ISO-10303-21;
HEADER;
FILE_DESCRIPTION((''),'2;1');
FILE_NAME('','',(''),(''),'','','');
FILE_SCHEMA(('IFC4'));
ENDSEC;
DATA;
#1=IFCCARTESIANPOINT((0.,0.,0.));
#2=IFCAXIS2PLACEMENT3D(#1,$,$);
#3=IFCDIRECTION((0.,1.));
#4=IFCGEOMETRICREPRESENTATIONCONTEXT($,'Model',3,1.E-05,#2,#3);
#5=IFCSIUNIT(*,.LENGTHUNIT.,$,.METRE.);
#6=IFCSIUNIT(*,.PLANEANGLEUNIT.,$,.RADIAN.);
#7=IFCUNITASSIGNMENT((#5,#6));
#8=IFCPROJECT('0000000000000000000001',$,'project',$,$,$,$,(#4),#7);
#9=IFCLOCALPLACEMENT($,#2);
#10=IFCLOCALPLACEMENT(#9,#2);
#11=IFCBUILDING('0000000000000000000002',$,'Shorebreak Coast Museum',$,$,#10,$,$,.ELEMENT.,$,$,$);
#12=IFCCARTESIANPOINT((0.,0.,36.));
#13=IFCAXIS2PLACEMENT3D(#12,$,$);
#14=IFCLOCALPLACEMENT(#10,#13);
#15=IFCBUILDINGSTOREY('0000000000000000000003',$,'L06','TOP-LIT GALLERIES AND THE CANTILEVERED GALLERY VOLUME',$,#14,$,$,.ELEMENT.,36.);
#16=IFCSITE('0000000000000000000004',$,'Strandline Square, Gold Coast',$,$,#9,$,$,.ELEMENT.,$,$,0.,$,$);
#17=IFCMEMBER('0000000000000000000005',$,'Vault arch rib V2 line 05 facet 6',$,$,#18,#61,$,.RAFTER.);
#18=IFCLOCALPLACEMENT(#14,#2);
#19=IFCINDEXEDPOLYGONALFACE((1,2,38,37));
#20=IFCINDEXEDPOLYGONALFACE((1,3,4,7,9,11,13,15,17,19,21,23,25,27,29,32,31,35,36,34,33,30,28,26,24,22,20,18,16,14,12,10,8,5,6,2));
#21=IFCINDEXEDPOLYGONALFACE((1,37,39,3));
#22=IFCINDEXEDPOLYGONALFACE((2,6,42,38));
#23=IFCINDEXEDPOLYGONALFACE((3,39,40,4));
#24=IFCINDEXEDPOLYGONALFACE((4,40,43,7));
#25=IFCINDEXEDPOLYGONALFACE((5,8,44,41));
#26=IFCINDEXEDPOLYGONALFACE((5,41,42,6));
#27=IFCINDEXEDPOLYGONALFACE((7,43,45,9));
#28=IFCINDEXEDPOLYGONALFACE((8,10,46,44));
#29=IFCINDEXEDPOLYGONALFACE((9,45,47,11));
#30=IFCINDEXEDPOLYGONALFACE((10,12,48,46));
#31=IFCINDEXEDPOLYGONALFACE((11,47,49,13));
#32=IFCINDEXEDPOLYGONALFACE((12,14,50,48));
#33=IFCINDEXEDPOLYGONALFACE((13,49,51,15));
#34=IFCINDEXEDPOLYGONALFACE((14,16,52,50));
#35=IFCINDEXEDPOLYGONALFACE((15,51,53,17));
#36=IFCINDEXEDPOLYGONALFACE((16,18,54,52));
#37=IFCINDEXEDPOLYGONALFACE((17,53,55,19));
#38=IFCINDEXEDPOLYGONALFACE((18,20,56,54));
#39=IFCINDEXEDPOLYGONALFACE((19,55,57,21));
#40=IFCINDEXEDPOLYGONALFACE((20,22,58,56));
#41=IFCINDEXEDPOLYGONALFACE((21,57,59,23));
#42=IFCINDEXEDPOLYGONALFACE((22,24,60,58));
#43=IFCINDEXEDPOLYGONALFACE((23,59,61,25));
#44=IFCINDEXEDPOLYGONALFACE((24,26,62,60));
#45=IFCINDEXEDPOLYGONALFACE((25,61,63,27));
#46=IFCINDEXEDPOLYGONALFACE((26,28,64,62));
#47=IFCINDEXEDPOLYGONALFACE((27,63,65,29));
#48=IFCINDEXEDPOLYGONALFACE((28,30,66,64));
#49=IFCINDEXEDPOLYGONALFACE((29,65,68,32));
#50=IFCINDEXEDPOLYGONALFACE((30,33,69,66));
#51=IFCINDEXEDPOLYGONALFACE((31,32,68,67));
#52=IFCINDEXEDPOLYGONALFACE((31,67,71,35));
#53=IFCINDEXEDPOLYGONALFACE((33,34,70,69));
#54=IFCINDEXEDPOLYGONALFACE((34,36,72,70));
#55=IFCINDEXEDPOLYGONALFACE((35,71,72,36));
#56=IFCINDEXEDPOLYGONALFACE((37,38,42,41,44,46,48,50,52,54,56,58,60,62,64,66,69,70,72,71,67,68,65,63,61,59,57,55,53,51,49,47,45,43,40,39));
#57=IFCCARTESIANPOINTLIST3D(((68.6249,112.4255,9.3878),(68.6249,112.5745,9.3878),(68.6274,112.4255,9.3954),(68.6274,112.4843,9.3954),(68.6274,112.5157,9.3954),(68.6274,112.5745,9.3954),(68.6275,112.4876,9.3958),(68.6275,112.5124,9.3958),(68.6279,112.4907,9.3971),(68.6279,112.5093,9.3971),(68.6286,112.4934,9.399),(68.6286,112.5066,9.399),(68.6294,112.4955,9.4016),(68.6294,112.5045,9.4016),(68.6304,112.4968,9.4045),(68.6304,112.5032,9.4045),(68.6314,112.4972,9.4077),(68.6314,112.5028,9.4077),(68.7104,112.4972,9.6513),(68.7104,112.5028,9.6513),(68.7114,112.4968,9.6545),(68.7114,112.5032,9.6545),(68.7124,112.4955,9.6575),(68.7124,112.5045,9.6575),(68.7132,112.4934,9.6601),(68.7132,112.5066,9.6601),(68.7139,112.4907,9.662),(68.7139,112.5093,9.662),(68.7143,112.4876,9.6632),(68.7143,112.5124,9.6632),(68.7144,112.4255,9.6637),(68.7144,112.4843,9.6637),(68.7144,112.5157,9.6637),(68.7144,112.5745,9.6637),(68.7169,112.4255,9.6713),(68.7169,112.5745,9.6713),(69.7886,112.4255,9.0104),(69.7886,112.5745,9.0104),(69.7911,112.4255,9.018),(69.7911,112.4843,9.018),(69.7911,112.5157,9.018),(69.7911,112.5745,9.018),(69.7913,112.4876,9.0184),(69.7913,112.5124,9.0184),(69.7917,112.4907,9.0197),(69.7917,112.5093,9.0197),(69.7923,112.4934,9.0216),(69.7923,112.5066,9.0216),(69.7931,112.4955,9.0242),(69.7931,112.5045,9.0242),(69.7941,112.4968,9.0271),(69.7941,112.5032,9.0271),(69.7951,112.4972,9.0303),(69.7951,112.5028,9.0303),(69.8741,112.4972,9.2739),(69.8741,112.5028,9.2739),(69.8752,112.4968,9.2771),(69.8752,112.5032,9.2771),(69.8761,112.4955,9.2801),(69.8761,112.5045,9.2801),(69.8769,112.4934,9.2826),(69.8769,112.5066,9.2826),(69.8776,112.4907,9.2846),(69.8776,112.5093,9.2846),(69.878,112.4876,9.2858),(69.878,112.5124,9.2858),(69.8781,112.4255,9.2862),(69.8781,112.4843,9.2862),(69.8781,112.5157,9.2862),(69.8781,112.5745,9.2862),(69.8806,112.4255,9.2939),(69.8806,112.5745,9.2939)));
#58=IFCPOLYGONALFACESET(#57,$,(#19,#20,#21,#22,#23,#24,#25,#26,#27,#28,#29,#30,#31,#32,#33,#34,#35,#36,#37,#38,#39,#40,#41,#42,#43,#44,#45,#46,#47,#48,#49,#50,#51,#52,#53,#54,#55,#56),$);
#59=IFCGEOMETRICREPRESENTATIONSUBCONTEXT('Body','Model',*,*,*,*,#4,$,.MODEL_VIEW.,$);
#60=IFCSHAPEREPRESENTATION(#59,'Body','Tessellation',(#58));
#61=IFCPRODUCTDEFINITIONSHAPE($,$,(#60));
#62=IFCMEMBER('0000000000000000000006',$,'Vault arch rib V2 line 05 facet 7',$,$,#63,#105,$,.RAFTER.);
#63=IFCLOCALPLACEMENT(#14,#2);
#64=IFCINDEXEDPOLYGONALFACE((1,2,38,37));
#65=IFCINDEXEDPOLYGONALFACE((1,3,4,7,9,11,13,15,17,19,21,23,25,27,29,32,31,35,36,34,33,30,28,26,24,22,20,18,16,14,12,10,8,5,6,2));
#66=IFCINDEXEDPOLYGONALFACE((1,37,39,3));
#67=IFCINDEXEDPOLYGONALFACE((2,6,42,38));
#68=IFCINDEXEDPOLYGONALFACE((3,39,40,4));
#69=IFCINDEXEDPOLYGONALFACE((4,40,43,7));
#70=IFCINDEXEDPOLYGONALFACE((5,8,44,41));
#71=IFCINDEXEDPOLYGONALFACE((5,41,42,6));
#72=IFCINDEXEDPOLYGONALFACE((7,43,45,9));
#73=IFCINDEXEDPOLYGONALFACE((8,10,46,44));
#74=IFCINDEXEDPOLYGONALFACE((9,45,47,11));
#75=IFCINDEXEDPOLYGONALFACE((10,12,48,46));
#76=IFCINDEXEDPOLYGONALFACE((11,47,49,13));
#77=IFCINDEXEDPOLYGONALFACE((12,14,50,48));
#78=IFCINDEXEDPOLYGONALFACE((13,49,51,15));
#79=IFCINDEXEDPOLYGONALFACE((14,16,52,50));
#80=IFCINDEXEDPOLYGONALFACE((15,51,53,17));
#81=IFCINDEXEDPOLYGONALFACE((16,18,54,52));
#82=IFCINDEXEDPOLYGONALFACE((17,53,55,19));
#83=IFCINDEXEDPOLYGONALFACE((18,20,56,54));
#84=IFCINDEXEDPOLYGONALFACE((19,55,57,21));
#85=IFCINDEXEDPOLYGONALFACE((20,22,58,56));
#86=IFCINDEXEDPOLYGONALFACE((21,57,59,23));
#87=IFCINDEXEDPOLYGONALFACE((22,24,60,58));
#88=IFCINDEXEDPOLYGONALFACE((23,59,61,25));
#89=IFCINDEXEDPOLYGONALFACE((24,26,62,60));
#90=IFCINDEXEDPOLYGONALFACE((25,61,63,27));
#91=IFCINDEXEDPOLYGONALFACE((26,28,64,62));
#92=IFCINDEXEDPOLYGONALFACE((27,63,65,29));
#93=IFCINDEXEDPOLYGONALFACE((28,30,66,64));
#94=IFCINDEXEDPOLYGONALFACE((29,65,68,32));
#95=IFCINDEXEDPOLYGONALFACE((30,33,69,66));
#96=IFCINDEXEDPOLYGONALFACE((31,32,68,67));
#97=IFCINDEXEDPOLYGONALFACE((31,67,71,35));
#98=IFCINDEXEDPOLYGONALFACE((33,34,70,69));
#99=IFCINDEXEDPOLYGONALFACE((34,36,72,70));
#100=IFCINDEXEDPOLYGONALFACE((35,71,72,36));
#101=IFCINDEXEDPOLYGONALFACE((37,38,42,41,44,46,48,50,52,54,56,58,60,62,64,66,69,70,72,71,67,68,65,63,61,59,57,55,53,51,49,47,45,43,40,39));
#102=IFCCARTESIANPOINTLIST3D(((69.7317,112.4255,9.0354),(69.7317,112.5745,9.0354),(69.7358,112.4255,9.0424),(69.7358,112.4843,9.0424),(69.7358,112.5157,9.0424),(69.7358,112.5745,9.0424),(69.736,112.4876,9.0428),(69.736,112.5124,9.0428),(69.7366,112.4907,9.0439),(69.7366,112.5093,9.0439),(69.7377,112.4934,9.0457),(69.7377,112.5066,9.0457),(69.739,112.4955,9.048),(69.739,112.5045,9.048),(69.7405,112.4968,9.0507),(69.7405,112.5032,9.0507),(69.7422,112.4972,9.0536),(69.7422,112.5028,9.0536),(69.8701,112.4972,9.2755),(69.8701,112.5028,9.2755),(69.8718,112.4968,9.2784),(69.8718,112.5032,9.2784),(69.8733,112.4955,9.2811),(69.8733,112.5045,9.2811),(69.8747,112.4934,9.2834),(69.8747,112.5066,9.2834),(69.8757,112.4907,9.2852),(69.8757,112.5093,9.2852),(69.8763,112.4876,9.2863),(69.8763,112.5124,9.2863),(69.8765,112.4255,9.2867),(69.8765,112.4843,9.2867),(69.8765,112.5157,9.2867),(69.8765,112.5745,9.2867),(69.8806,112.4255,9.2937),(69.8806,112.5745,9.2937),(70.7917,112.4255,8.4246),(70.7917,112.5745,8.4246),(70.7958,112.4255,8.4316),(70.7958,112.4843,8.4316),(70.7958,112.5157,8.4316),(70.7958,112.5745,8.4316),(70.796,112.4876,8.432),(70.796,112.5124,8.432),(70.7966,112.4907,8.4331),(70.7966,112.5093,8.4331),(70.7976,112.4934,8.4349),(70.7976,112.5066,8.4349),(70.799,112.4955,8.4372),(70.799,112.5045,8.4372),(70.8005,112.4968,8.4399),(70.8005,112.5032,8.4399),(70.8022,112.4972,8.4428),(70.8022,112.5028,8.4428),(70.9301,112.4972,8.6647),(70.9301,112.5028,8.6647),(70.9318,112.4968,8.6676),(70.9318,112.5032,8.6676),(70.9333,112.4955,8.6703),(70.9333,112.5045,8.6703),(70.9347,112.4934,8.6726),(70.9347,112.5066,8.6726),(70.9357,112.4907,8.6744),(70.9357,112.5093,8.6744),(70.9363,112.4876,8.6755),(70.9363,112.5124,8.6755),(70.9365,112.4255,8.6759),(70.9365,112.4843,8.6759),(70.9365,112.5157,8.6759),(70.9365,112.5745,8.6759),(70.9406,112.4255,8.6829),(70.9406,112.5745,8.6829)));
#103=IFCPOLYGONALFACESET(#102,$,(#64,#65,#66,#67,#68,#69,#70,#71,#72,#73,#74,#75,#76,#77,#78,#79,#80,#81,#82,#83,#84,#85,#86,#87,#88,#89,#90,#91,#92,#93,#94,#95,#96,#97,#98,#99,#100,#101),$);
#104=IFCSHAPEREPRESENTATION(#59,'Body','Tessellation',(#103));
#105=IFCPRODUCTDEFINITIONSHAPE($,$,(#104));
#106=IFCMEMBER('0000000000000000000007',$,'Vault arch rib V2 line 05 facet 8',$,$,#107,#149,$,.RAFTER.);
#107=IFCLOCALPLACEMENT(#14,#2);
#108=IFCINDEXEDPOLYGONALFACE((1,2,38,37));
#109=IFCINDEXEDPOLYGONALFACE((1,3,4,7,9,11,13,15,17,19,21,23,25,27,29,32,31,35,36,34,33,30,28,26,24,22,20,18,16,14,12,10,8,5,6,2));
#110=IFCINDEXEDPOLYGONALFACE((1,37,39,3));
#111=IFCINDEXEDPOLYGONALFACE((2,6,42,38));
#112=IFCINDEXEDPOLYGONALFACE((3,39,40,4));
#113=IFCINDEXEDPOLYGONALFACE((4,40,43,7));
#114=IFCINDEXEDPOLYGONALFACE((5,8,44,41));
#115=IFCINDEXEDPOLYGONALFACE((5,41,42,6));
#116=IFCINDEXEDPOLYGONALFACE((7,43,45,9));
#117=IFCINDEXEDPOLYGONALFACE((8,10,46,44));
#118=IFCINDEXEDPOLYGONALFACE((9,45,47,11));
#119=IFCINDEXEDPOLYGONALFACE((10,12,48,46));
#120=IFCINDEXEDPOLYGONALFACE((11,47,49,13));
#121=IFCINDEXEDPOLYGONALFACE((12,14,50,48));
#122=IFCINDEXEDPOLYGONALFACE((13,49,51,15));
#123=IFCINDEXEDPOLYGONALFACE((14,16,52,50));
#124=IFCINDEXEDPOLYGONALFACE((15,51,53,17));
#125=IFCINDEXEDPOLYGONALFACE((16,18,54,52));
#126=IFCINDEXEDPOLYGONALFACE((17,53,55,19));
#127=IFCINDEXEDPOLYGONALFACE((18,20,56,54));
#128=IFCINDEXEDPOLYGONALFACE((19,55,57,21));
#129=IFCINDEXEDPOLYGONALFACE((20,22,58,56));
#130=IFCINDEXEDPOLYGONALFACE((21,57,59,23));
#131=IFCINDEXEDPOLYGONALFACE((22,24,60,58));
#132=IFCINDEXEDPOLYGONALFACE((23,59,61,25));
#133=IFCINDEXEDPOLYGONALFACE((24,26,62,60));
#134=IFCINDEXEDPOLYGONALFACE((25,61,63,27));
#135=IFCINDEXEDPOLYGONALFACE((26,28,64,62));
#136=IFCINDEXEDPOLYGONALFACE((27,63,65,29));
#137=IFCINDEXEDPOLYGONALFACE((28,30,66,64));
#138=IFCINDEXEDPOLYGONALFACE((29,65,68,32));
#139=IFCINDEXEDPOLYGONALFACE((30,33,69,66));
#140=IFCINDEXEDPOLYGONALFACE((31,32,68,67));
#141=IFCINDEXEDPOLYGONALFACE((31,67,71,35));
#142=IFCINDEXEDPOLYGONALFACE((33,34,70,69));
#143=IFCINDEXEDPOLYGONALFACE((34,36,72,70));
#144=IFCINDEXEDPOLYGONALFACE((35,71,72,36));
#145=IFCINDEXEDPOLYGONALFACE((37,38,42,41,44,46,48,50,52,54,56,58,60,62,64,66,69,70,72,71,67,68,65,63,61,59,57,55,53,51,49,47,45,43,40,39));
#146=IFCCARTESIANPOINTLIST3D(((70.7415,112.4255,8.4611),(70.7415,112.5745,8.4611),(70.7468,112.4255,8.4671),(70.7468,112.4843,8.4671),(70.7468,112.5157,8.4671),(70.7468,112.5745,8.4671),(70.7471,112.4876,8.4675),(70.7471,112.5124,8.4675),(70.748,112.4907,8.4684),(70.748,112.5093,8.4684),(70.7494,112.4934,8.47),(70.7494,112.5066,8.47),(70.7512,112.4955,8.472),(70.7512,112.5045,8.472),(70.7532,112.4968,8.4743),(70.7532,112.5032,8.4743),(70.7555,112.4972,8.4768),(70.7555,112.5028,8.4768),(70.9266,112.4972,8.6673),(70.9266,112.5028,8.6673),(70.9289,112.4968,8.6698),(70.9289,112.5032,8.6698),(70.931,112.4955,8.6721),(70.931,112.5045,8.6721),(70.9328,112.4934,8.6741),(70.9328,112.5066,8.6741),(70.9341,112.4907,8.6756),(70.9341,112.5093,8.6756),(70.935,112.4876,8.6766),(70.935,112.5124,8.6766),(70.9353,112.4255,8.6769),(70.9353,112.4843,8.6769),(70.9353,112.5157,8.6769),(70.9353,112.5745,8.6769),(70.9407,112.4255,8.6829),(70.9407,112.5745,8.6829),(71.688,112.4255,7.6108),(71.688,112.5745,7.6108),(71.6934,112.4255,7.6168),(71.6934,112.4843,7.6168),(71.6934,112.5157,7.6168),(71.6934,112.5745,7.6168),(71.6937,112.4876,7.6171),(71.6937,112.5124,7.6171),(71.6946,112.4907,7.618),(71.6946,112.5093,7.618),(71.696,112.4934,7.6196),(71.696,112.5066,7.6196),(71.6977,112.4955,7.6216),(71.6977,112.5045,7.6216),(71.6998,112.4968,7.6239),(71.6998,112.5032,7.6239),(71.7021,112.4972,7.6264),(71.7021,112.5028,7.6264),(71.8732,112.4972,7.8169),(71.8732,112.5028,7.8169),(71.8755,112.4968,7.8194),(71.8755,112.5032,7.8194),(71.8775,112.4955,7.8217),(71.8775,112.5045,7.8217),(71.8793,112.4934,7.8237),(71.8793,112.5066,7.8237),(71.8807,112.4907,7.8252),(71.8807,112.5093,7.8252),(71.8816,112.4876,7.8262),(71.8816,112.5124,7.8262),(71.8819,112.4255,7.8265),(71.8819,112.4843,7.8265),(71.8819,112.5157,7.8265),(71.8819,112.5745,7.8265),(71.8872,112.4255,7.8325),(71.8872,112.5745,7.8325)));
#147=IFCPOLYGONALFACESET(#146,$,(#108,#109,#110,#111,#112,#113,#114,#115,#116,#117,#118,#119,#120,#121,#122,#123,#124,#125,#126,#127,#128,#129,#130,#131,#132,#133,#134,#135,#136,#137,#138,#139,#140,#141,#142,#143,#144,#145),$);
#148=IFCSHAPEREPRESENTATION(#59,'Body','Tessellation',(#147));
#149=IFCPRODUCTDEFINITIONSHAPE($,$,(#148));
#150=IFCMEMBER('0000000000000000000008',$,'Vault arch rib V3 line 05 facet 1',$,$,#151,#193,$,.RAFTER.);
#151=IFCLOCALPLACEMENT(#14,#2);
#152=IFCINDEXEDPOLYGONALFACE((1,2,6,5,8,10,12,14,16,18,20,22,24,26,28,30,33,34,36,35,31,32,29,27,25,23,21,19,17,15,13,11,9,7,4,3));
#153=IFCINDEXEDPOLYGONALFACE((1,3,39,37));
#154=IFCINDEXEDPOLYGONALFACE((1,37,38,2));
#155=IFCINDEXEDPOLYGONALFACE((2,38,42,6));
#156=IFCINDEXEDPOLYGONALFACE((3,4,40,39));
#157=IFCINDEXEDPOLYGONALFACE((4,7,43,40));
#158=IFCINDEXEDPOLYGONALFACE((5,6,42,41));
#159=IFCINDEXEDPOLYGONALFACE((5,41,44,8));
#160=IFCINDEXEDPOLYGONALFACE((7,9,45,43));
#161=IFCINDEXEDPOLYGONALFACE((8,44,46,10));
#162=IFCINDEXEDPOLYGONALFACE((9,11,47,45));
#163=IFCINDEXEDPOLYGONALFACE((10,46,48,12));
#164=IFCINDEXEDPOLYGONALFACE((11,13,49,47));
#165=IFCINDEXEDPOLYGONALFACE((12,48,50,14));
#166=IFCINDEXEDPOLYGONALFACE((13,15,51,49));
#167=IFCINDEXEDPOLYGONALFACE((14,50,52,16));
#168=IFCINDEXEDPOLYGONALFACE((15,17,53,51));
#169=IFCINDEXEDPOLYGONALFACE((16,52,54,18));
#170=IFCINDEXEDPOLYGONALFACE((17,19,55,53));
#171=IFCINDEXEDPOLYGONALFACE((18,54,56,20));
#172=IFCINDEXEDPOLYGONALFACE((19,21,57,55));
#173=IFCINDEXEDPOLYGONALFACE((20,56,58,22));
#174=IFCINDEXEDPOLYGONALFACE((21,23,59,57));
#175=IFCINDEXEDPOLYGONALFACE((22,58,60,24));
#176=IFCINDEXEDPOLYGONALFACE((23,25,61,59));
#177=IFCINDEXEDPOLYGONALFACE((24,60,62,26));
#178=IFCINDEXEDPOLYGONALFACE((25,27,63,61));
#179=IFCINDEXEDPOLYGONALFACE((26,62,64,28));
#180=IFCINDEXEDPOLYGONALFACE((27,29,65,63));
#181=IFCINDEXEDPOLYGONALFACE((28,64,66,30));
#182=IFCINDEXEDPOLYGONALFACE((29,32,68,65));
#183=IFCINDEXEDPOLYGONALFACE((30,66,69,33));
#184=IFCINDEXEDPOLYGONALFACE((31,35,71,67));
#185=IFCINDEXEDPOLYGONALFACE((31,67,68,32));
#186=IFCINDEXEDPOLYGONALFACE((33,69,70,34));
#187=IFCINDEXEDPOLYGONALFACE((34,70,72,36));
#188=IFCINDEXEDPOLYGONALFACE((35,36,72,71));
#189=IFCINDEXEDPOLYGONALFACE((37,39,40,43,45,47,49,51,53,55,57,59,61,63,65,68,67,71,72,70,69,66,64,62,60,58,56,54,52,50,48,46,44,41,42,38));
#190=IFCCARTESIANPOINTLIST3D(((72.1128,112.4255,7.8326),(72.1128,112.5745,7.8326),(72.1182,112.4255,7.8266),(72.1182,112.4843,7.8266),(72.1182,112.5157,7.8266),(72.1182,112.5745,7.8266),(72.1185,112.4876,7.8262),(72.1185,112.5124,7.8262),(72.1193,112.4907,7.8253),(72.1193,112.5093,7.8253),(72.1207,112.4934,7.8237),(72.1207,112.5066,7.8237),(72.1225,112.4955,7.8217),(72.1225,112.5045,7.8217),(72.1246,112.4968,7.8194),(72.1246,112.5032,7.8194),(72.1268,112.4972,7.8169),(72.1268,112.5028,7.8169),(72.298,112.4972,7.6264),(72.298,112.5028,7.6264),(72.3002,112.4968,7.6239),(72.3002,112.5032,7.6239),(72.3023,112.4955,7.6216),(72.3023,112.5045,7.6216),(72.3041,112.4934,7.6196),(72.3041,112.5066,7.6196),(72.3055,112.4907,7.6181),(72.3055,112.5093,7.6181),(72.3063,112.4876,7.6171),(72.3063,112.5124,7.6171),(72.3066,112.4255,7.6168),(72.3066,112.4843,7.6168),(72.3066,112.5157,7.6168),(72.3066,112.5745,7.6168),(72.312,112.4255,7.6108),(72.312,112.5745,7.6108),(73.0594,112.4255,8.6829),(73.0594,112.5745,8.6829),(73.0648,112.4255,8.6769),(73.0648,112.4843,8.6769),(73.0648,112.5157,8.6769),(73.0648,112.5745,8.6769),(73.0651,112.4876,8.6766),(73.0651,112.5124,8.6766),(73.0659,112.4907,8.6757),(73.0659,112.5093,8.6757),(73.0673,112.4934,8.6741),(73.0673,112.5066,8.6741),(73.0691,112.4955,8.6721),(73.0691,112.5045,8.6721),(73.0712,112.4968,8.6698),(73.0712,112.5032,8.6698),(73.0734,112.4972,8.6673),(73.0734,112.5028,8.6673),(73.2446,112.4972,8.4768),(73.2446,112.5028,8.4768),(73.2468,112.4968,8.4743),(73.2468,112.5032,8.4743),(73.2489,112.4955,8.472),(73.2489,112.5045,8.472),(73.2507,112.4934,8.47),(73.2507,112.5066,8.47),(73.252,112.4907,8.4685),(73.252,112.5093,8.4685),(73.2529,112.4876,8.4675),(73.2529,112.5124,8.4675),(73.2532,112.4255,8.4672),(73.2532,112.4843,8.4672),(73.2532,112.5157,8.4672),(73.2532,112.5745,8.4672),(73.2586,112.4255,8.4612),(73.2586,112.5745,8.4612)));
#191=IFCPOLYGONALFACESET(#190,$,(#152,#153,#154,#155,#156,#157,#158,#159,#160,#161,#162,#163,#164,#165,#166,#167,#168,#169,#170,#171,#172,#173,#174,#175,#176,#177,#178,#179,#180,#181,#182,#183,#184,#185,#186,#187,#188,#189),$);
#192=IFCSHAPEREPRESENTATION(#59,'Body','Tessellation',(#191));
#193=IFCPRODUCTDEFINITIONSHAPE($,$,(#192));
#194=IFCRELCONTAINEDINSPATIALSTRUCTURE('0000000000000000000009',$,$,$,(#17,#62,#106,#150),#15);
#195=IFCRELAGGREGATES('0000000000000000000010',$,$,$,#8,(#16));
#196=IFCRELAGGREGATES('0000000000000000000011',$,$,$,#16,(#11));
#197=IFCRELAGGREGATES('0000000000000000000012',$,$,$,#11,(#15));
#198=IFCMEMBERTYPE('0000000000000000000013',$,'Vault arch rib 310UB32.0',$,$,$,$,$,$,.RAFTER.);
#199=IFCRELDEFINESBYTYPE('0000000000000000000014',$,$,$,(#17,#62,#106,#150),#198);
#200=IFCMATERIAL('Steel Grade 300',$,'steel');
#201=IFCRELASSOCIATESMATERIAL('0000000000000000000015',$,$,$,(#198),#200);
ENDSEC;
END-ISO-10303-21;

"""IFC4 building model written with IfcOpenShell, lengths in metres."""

from ifc_helpers import new_model, si_unit, direction, frame, origin, origin_2d, place, context, subcontext, project, spatial, i_section, extrude, material, material_profile, profile_set, type_object, element, save


model = new_model("IFC4")

# Units and contexts
model_context = context("Model", 3, precision=1e-05, world=origin(), true_north=direction((0.0, 1.0)))
body_context = subcontext(model_context, "Body", "Model", "MODEL_VIEW")
ifc_project = project(units=[si_unit("LENGTHUNIT", "METRE"), si_unit("PLANEANGLEUNIT", "RADIAN")], contexts=[model_context])

# Site, building, storey
site_placement = place(None, origin())
site = spatial("IfcSite", under=ifc_project, at=site_placement, Name="Strandline Square, Gold Coast", CompositionType="ELEMENT", RefElevation=0.0)
building_placement = place(site_placement, origin())
building = spatial("IfcBuilding", under=site, at=building_placement, Name="Shorebreak Coast Museum", CompositionType="ELEMENT")
storey_placement = place(building_placement, frame((0.0, 0.0, 36.0)))
storey = spatial("IfcBuildingStorey", under=building, at=storey_placement, Name="L06", Description="TOP-LIT GALLERIES AND THE CANTILEVERED GALLERY VOLUME", CompositionType="ELEMENT", Elevation=36.0)

# Members
ifc_material_1 = material(Name="Steel Grade 300", Category="steel")
ifc_material_profile_1 = material_profile(ifc_material_1, i_section(OverallWidth=0.1489, OverallDepth=0.2981, WebThickness=0.0056, FlangeThickness=0.0081, FilletRadius=0.0129, at=origin_2d()), Name="310UB32.0")
ifc_profile_set_1 = profile_set([ifc_material_profile_1], Name="Steel Grade 300")
member_type_1 = type_object("IfcMemberType", Name="Vault arch rib 310UB32.0", PredefinedType="RAFTER", material=ifc_profile_set_1)
for number, where, z_axis, x_axis, name in (
    (1, (68.6709, 112.5, 9.5295), (0.951226, 0.0, -0.308495), (0.0, 1.0, 0.0), "Vault arch rib V2 line 05 facet 6"),
    (2, (69.8062, 112.5, 9.1646), (0.866445, 0.0, -0.499273), (0.0, 1.0, 0.0), "Vault arch rib V2 line 05 facet 7"),
):
    element("IfcMember", number, at=place(storey_placement, frame(where, z_axis=z_axis, x_axis=x_axis)), inside=storey, type_object=member_type_1, Name=name, PredefinedType="RAFTER", context=body_context, shape_type="SweptSolid", body=[
        extrude(i_section(OverallWidth=0.1489, OverallDepth=0.2981, WebThickness=0.0056, FlangeThickness=0.0081, FilletRadius=0.0129, at=origin_2d()), origin(), (0.0, 0.0, 1.0), 1.2234),
    ])
for number, where, z_axis, x_axis, name in (
    (3, (70.8411, 112.5, 8.572), (0.743895, 0.0, -0.668297), (0.0, 1.0, 0.0), "Vault arch rib V2 line 05 facet 8"),
    (4, (72.2124, 112.5, 7.7217), (0.743895, 0.0, 0.668297), (0.0, 1.0, 0.0), "Vault arch rib V3 line 05 facet 1"),
):
    element("IfcMember", number, at=place(storey_placement, frame(where, z_axis=z_axis, x_axis=x_axis)), inside=storey, type_object=member_type_1, Name=name, PredefinedType="RAFTER", context=body_context, shape_type="SweptSolid", body=[
        extrude(i_section(OverallWidth=0.1489, OverallDepth=0.2981, WebThickness=0.0056, FlangeThickness=0.0081, FilletRadius=0.0129, at=origin_2d()), origin(), (0.0, 0.0, 1.0), 1.2725),
    ])

save(model, "model.ifc")
